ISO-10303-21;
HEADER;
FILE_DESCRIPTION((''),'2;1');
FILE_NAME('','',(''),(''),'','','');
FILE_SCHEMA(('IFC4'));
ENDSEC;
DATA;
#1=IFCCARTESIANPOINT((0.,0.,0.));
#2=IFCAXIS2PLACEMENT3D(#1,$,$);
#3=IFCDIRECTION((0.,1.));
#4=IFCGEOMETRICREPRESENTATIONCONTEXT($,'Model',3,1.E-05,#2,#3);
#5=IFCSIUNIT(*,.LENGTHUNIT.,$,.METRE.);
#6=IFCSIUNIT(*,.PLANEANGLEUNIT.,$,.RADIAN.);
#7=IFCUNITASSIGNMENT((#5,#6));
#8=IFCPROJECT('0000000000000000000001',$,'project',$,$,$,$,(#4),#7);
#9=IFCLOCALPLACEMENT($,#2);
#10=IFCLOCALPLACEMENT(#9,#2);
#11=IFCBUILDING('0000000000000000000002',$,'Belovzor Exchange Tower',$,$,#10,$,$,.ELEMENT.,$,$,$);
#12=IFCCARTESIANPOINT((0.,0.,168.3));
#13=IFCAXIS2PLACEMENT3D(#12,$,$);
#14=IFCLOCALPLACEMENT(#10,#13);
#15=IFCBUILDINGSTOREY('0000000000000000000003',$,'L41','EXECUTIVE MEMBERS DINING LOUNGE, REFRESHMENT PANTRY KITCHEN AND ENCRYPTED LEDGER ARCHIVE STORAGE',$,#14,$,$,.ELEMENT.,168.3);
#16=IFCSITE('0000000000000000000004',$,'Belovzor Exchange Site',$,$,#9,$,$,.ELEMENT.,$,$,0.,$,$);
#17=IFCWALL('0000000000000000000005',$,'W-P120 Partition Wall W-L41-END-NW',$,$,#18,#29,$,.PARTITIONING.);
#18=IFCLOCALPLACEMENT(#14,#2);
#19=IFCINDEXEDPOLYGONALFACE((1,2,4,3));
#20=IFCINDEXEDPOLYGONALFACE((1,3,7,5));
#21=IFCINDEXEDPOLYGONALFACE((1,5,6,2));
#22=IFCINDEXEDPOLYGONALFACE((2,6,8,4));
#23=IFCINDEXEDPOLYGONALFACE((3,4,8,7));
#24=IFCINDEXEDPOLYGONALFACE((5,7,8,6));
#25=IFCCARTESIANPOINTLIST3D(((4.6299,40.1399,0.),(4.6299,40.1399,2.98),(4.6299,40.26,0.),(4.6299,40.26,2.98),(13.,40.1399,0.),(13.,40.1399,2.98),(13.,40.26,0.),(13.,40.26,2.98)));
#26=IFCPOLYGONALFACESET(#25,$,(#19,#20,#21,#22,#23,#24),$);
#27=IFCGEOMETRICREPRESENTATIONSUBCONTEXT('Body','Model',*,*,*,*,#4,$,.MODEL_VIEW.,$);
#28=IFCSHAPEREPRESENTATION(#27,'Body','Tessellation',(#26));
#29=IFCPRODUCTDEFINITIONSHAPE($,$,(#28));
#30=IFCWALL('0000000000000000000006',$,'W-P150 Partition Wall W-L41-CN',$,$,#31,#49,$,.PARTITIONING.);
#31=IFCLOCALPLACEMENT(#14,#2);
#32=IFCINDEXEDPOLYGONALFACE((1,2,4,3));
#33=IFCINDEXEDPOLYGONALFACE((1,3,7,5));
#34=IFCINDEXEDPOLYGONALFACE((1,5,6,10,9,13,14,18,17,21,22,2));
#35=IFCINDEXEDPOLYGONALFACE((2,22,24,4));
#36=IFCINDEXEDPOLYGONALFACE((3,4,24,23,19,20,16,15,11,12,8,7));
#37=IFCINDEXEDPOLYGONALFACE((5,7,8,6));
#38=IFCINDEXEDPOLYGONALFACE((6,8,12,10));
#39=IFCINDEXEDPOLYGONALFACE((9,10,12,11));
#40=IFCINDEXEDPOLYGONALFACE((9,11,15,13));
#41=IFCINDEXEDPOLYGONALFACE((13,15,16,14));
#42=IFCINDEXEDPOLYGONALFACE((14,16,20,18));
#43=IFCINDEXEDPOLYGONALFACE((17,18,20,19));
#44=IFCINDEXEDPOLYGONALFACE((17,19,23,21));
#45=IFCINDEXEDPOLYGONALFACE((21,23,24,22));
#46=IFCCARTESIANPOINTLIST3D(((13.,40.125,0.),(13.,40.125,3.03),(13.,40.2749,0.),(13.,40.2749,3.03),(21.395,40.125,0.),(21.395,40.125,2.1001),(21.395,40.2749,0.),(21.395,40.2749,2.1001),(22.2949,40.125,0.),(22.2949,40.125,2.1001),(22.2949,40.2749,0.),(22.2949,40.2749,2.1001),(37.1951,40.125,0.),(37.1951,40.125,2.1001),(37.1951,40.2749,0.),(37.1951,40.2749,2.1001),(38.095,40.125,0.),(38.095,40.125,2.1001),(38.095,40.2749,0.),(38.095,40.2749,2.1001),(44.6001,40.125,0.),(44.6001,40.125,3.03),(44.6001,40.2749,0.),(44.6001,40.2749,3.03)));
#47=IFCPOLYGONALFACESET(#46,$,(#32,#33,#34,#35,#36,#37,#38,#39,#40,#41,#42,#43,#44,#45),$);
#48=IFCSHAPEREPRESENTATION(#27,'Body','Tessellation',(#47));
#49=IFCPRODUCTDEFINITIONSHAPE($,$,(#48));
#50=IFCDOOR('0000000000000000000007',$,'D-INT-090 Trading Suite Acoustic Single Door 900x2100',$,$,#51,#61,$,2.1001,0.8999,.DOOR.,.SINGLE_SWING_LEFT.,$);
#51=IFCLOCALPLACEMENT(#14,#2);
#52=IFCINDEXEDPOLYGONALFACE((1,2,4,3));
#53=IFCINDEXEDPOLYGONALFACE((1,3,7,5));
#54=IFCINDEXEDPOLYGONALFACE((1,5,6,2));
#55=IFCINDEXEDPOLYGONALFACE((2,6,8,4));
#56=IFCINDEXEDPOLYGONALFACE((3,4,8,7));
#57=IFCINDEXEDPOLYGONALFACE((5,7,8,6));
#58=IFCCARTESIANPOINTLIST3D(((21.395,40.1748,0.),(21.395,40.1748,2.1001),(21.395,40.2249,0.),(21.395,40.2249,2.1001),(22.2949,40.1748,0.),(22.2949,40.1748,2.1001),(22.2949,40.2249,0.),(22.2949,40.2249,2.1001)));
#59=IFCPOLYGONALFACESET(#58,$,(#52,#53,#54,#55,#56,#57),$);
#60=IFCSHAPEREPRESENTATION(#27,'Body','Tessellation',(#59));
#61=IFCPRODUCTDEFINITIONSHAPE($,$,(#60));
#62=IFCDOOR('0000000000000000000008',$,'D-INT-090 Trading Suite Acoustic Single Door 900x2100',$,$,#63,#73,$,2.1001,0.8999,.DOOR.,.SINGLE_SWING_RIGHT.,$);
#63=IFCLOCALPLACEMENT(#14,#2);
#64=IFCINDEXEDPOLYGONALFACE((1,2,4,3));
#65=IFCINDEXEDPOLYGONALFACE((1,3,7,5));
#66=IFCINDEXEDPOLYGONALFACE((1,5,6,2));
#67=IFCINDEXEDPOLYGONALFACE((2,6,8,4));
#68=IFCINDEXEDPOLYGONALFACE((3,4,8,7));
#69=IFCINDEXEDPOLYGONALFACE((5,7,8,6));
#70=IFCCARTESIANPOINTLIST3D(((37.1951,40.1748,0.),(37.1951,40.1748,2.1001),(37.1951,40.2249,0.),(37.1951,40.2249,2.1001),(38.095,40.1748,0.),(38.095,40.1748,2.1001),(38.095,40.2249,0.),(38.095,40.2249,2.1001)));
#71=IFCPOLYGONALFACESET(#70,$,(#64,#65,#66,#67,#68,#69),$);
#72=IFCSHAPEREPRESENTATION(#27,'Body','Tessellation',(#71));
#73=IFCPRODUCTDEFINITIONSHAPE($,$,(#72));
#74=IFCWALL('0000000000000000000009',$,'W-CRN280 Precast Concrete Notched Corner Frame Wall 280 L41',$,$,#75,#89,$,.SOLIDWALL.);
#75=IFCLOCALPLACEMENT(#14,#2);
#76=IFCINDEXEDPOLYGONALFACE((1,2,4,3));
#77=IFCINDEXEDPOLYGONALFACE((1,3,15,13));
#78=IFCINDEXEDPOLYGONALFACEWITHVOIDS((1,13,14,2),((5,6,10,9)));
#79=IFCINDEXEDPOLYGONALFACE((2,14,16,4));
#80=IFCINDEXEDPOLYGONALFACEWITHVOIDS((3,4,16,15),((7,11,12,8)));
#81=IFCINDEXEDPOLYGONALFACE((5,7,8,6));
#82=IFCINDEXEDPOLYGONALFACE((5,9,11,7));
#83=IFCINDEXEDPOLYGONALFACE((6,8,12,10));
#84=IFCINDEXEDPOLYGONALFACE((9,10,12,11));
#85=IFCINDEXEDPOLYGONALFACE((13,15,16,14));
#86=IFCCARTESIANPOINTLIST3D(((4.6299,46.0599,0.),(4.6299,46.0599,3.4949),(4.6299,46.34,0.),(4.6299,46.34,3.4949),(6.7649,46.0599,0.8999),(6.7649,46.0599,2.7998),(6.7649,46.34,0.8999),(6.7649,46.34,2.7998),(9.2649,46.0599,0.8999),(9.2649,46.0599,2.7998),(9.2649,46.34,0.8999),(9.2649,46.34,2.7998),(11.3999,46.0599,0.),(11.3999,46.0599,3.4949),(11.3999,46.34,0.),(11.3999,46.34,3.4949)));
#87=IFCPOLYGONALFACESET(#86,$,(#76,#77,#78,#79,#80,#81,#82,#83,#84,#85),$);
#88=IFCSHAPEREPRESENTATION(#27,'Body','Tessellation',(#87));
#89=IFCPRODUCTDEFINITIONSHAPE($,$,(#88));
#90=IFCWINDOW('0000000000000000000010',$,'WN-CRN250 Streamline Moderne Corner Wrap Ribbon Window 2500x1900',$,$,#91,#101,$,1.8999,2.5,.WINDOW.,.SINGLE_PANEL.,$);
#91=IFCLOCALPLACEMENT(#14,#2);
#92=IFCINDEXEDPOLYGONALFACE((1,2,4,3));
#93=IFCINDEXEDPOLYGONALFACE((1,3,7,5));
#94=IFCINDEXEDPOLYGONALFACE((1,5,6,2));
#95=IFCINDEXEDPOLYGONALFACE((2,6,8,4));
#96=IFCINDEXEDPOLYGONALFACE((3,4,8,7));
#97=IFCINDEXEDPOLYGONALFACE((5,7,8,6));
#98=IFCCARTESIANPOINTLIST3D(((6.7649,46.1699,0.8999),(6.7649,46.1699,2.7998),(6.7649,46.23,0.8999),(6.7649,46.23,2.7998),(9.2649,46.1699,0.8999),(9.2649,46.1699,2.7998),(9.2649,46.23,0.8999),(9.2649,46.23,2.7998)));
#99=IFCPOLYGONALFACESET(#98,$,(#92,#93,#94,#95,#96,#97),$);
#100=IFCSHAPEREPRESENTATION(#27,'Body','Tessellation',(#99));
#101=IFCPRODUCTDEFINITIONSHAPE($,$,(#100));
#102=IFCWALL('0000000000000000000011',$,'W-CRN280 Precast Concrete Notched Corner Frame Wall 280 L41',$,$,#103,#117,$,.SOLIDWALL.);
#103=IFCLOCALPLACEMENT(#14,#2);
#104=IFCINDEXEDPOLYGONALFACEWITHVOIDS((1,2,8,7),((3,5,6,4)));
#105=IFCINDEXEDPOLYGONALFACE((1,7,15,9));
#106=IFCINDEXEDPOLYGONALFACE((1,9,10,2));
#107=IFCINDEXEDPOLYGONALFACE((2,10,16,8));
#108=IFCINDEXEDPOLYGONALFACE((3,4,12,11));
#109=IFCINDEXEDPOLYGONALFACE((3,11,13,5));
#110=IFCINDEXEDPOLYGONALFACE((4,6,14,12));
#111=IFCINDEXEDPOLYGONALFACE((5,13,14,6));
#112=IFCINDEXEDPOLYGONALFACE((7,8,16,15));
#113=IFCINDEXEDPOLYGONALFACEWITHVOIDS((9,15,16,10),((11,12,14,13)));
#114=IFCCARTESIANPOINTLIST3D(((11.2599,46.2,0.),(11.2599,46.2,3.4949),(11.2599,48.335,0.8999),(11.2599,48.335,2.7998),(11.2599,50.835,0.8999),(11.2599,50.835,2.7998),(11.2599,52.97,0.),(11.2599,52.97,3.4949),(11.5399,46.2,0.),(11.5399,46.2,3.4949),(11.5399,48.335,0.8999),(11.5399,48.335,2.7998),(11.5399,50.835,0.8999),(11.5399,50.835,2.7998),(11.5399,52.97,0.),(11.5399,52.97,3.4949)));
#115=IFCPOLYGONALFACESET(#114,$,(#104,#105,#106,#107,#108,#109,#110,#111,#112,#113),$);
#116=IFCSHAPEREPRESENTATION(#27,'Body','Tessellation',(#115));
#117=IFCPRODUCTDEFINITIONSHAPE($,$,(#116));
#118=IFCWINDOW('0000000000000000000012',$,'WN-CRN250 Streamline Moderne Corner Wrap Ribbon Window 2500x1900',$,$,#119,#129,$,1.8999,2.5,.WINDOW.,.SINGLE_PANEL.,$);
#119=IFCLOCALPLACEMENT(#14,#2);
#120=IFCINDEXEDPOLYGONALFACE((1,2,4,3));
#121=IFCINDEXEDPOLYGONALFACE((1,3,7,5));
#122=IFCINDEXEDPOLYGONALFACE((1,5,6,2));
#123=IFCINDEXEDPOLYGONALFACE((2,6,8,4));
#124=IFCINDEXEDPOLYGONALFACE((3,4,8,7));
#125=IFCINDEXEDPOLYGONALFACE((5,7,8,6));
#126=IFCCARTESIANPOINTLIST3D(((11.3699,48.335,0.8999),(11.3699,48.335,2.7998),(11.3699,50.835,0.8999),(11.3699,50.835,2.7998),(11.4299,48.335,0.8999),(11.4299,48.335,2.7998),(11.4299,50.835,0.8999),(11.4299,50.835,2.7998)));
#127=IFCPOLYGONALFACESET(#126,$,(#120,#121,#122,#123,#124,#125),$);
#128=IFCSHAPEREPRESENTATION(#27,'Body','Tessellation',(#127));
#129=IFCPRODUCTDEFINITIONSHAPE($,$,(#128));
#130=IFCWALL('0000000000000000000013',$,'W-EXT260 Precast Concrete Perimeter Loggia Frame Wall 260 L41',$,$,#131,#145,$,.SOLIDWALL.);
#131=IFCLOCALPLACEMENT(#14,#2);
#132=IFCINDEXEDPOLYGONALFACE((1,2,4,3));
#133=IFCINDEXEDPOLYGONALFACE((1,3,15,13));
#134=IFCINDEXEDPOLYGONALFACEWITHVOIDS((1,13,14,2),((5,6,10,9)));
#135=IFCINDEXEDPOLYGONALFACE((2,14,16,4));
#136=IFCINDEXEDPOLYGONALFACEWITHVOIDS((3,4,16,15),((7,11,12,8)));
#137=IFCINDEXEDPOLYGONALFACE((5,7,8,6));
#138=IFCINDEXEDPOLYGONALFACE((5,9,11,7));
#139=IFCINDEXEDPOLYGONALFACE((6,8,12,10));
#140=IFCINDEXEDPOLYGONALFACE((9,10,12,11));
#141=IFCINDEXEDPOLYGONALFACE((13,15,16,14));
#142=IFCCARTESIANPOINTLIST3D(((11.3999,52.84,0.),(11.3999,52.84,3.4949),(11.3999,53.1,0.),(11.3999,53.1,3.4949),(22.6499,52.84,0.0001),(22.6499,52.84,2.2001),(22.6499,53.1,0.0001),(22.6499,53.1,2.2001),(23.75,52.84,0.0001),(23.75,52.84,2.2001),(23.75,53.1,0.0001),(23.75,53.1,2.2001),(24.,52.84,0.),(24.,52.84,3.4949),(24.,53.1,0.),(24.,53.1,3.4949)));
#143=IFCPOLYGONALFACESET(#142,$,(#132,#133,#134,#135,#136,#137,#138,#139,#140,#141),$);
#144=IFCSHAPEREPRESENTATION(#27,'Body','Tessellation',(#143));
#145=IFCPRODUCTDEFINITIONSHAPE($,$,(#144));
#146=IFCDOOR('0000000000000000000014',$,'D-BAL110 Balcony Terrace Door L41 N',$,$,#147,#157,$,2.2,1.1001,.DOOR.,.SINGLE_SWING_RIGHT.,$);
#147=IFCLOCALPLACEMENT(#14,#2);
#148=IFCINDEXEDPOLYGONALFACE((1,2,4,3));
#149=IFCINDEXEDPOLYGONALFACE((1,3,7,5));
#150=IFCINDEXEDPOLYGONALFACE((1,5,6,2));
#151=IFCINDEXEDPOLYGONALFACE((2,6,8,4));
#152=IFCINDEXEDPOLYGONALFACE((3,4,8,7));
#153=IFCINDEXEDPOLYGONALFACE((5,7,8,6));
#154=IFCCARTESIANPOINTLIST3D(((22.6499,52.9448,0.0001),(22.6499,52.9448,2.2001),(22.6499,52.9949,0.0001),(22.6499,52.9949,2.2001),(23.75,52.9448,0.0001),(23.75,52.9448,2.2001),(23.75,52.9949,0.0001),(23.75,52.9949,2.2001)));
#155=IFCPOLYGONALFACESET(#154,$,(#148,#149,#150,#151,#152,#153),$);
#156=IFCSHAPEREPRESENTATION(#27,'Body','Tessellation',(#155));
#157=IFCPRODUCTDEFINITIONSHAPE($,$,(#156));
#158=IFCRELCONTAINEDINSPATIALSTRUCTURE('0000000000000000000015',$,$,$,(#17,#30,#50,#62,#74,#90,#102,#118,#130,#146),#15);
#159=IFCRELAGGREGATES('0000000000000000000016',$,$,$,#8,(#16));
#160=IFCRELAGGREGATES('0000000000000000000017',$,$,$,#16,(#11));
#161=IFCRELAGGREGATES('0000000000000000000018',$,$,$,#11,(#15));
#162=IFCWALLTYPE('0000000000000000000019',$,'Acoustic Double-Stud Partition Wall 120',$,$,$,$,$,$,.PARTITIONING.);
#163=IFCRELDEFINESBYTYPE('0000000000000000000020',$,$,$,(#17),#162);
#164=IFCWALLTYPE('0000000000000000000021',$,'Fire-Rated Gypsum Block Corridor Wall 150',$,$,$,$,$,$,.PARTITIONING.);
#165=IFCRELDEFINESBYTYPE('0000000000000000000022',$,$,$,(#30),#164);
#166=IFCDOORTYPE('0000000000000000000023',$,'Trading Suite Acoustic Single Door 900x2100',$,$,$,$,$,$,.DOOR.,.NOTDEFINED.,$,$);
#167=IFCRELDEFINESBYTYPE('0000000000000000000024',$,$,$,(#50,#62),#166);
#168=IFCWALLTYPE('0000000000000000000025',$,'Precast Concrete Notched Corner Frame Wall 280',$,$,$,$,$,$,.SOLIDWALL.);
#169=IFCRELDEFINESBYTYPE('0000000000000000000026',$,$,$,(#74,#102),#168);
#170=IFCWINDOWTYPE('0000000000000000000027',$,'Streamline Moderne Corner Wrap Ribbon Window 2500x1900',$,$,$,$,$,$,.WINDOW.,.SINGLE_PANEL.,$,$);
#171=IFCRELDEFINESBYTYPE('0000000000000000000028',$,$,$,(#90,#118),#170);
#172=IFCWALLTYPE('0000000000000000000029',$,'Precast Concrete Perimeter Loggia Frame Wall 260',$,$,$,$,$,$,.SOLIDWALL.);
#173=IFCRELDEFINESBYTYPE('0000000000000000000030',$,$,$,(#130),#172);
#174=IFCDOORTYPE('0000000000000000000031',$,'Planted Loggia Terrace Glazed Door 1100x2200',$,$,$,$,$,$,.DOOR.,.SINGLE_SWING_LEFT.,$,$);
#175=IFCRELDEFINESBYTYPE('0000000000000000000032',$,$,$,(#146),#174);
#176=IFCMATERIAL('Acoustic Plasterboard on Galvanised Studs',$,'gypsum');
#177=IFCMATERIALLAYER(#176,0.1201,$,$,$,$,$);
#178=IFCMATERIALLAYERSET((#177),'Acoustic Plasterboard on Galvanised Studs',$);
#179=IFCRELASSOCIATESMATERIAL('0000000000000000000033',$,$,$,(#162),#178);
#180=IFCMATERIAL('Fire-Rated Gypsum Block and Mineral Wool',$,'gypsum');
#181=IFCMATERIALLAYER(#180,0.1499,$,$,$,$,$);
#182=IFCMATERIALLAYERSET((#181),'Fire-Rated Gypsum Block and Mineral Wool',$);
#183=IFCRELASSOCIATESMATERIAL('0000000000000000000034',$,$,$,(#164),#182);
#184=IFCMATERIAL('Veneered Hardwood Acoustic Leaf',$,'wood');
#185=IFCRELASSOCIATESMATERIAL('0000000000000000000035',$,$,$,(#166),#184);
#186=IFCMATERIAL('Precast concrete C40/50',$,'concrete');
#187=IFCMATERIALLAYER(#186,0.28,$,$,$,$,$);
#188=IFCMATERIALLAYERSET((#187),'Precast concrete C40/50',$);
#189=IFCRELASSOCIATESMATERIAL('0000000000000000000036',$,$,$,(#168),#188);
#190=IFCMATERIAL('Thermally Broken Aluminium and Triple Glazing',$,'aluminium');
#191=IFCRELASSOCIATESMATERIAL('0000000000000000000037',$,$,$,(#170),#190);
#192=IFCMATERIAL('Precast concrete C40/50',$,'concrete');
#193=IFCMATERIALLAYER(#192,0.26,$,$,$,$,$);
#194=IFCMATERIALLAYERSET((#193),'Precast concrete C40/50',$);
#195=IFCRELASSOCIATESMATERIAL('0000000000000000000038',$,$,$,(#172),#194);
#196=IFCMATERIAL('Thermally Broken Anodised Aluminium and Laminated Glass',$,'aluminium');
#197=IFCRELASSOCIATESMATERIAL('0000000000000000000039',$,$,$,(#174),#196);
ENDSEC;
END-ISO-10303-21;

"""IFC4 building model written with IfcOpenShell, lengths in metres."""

from ifc_helpers import new_model, si_unit, direction, frame, frame_2d, origin, place, context, subcontext, project, spatial, rectangle, extrude, material, layer, layer_set, type_object, element, fill, save


model = new_model("IFC4")

# Units and contexts
model_context = context("Model", 3, precision=1e-05, world=origin(), true_north=direction((0.0, 1.0)))
body_context = subcontext(model_context, "Body", "Model", "MODEL_VIEW")
ifc_project = project(units=[si_unit("LENGTHUNIT", "METRE"), si_unit("PLANEANGLEUNIT", "RADIAN")], contexts=[model_context])

# Site, building, storey
site_placement = place(None, origin())
site = spatial("IfcSite", under=ifc_project, at=site_placement, Name="Belovzor Exchange Site", CompositionType="ELEMENT", RefElevation=0.0)
building_placement = place(site_placement, origin())
building = spatial("IfcBuilding", under=site, at=building_placement, Name="Belovzor Exchange Tower", CompositionType="ELEMENT")
storey_placement = place(building_placement, frame((0.0, 0.0, 168.3)))
storey = spatial("IfcBuildingStorey", under=building, at=storey_placement, Name="L41", Description="EXECUTIVE MEMBERS DINING LOUNGE, REFRESHMENT PANTRY KITCHEN AND ENCRYPTED LEDGER ARCHIVE STORAGE", CompositionType="ELEMENT", Elevation=168.3)

# Wall
ifc_material_1 = material(Name="Acoustic Plasterboard on Galvanised Studs", Category="gypsum")
ifc_layer_1 = layer(ifc_material_1, 0.1201)
ifc_layer_set_1 = layer_set([ifc_layer_1], Name="Acoustic Plasterboard on Galvanised Studs")
wall_type_1 = type_object("IfcWallType", Name="Acoustic Double-Stud Partition Wall 120", PredefinedType="PARTITIONING", material=ifc_layer_set_1)
wall_1_placement = place(storey_placement, frame((4.6299, 40.2, 0.0), z_axis=(0.0, 0.0, 1.0), x_axis=(1.0, 0.0, 0.0)))
element("IfcWall", 1, at=wall_1_placement, inside=storey, type_object=wall_type_1, Name="W-P120 Partition Wall W-L41-END-NW", PredefinedType="PARTITIONING", context=body_context, shape_type="SweptSolid", body=[
    extrude(rectangle(XDim=8.3701, YDim=0.1201, at=frame_2d((4.1851, 0.0))), origin(), (0.0, 0.0, 1.0), 2.98),
])

# Wall, openings, doors
ifc_material_2 = material(Name="Fire-Rated Gypsum Block and Mineral Wool", Category="gypsum")
ifc_layer_2 = layer(ifc_material_2, 0.1499)
ifc_layer_set_2 = layer_set([ifc_layer_2], Name="Fire-Rated Gypsum Block and Mineral Wool")
wall_type_2 = type_object("IfcWallType", Name="Fire-Rated Gypsum Block Corridor Wall 150", PredefinedType="PARTITIONING", material=ifc_layer_set_2)
wall_2_placement = place(storey_placement, frame((13.0, 40.2, 0.0), z_axis=(0.0, 0.0, 1.0), x_axis=(1.0, 0.0, 0.0)))
wall_2 = element("IfcWall", 2, at=wall_2_placement, inside=storey, type_object=wall_type_2, Name="W-P150 Partition Wall W-L41-CN", PredefinedType="PARTITIONING", context=body_context, shape_type="SweptSolid", body=[
    extrude(rectangle(XDim=31.6001, YDim=0.1499, at=frame_2d((15.8, 0.0))), origin(), (0.0, 0.0, 1.0), 3.03),
])
opening_1_placement = place(wall_2_placement, frame((8.395, 0.0, 0.0)))
opening_1 = element("IfcOpeningElement", 3, at=opening_1_placement, cuts=wall_2, PredefinedType="OPENING", context=body_context, shape_type="SweptSolid", body=[
    extrude(rectangle(XDim=0.8999, YDim=2.1001, at=frame_2d((0.45, 1.05))), frame((0.0, 0.085, 0.0), z_axis=(0.0, -1.0, 0.0), x_axis=(1.0, 0.0, 0.0)), (0.0, 0.0, 1.0), 0.1699),
])
opening_2_placement = place(wall_2_placement, frame((24.1951, 0.0, 0.0)))
opening_2 = element("IfcOpeningElement", 4, at=opening_2_placement, cuts=wall_2, PredefinedType="OPENING", context=body_context, shape_type="SweptSolid", body=[
    extrude(rectangle(XDim=0.8999, YDim=2.1001, at=frame_2d((0.45, 1.05))), frame((0.0, 0.085, 0.0), z_axis=(0.0, -1.0, 0.0), x_axis=(1.0, 0.0, 0.0)), (0.0, 0.0, 1.0), 0.1699),
])
ifc_material_3 = material(Name="Veneered Hardwood Acoustic Leaf", Category="wood")
door_type_1 = type_object("IfcDoorType", Name="Trading Suite Acoustic Single Door 900x2100", OperationType="NOTDEFINED", PredefinedType="DOOR", material=ifc_material_3)
door_1_placement = place(opening_1_placement, origin())
door_1 = element("IfcDoor", 5, at=door_1_placement, inside=storey, type_object=door_type_1, Name="D-INT-090 Trading Suite Acoustic Single Door 900x2100", OperationType="SINGLE_SWING_LEFT", OverallHeight=2.1001, OverallWidth=0.8999, PredefinedType="DOOR", context=body_context, shape_type="SweptSolid", body=[
    extrude(rectangle(XDim=0.8999, YDim=2.1001, at=frame_2d((0.45, 1.05))), frame((0.0, 0.0249, 0.0), z_axis=(0.0, -1.0, 0.0), x_axis=(1.0, 0.0, 0.0)), (0.0, 0.0, 1.0), 0.05),
])
fill(opening_1, door_1)
door_2_placement = place(opening_2_placement, origin())
door_2 = element("IfcDoor", 6, at=door_2_placement, inside=storey, type_object=door_type_1, Name="D-INT-090 Trading Suite Acoustic Single Door 900x2100", OperationType="SINGLE_SWING_RIGHT", OverallHeight=2.1001, OverallWidth=0.8999, PredefinedType="DOOR", context=body_context, shape_type="SweptSolid", body=[
    extrude(rectangle(XDim=0.8999, YDim=2.1001, at=frame_2d((0.45, 1.05))), frame((0.0, 0.0249, 0.0), z_axis=(0.0, -1.0, 0.0), x_axis=(1.0, 0.0, 0.0)), (0.0, 0.0, 1.0), 0.05),
])
fill(opening_2, door_2)

# Walls, openings, windows
ifc_material_4 = material(Name="Precast concrete C40/50", Category="concrete")
ifc_layer_3 = layer(ifc_material_4, 0.28)
ifc_layer_set_3 = layer_set([ifc_layer_3], Name="Precast concrete C40/50")
wall_type_3 = type_object("IfcWallType", Name="Precast Concrete Notched Corner Frame Wall 280", PredefinedType="SOLIDWALL", material=ifc_layer_set_3)
wall_3_placement = place(storey_placement, frame((4.6299, 46.2, 0.0), z_axis=(0.0, 0.0, 1.0), x_axis=(1.0, 0.0, 0.0)))
wall_3 = element("IfcWall", 7, at=wall_3_placement, inside=storey, type_object=wall_type_3, Name="W-CRN280 Precast Concrete Notched Corner Frame Wall 280 L41", PredefinedType="SOLIDWALL", context=body_context, shape_type="SweptSolid", body=[
    extrude(rectangle(XDim=6.77, YDim=0.28, at=frame_2d((3.385, 0.0))), origin(), (0.0, 0.0, 1.0), 3.4949),
])
opening_3_placement = place(wall_3_placement, frame((2.135, 0.0, 0.8999)))
opening_3 = element("IfcOpeningElement", 8, at=opening_3_placement, cuts=wall_3, PredefinedType="OPENING", context=body_context, shape_type="SweptSolid", body=[
    extrude(rectangle(XDim=2.5, YDim=1.8999, at=frame_2d((1.25, 0.95))), frame((0.0, 0.1499, 0.0), z_axis=(0.0, -1.0, 0.0), x_axis=(1.0, 0.0, 0.0)), (0.0, 0.0, 1.0), 0.3),
])
ifc_material_5 = material(Name="Thermally Broken Aluminium and Triple Glazing", Category="aluminium")
window_type = type_object("IfcWindowType", Name="Streamline Moderne Corner Wrap Ribbon Window 2500x1900", PartitioningType="SINGLE_PANEL", PredefinedType="WINDOW", material=ifc_material_5)
window_1_placement = place(opening_3_placement, origin())
window_1 = element("IfcWindow", 9, at=window_1_placement, inside=storey, type_object=window_type, Name="WN-CRN250 Streamline Moderne Corner Wrap Ribbon Window 2500x1900", OverallHeight=1.8999, OverallWidth=2.5, PartitioningType="SINGLE_PANEL", PredefinedType="WINDOW", context=body_context, shape_type="SweptSolid", body=[
    extrude(rectangle(XDim=2.5, YDim=1.8999, at=frame_2d((1.25, 0.95))), frame((0.0, 0.03, 0.0), z_axis=(0.0, -1.0, 0.0), x_axis=(1.0, 0.0, 0.0)), (0.0, 0.0, 1.0), 0.0601),
])
fill(opening_3, window_1)
wall_4_placement = place(storey_placement, frame((11.3999, 46.2, 0.0), z_axis=(0.0, 0.0, 1.0), x_axis=(0.0, 1.0, 0.0)))
wall_4 = element("IfcWall", 10, at=wall_4_placement, inside=storey, type_object=wall_type_3, Name="W-CRN280 Precast Concrete Notched Corner Frame Wall 280 L41", PredefinedType="SOLIDWALL", context=body_context, shape_type="SweptSolid", body=[
    extrude(rectangle(XDim=6.77, YDim=0.28, at=frame_2d((3.385, 0.0))), origin(), (0.0, 0.0, 1.0), 3.4949),
])
opening_4_placement = place(wall_4_placement, frame((2.135, 0.0, 0.8999)))
opening_4 = element("IfcOpeningElement", 11, at=opening_4_placement, cuts=wall_4, PredefinedType="OPENING", context=body_context, shape_type="SweptSolid", body=[
    extrude(rectangle(XDim=2.5, YDim=1.8999, at=frame_2d((1.25, 0.95))), frame((0.0, 0.1499, 0.0), z_axis=(0.0, -1.0, 0.0), x_axis=(1.0, 0.0, 0.0)), (0.0, 0.0, 1.0), 0.3),
])
window_2_placement = place(opening_4_placement, origin())
window_2 = element("IfcWindow", 12, at=window_2_placement, inside=storey, type_object=window_type, Name="WN-CRN250 Streamline Moderne Corner Wrap Ribbon Window 2500x1900", OverallHeight=1.8999, OverallWidth=2.5, PartitioningType="SINGLE_PANEL", PredefinedType="WINDOW", context=body_context, shape_type="SweptSolid", body=[
    extrude(rectangle(XDim=2.5, YDim=1.8999, at=frame_2d((1.25, 0.95))), frame((0.0, 0.03, 0.0), z_axis=(0.0, -1.0, 0.0), x_axis=(1.0, 0.0, 0.0)), (0.0, 0.0, 1.0), 0.0601),
])
fill(opening_4, window_2)

# Wall, opening, door
ifc_material_6 = material(Name="Precast concrete C40/50", Category="concrete")
ifc_layer_4 = layer(ifc_material_6, 0.26)
ifc_layer_set_4 = layer_set([ifc_layer_4], Name="Precast concrete C40/50")
wall_type_4 = type_object("IfcWallType", Name="Precast Concrete Perimeter Loggia Frame Wall 260", PredefinedType="SOLIDWALL", material=ifc_layer_set_4)
wall_5_placement = place(storey_placement, frame((11.3999, 52.97, 0.0), z_axis=(0.0, 0.0, 1.0), x_axis=(1.0, 0.0, 0.0)))
wall_5 = element("IfcWall", 13, at=wall_5_placement, inside=storey, type_object=wall_type_4, Name="W-EXT260 Precast Concrete Perimeter Loggia Frame Wall 260 L41", PredefinedType="SOLIDWALL", context=body_context, shape_type="SweptSolid", body=[
    extrude(rectangle(XDim=12.6001, YDim=0.26, at=frame_2d((6.3, 0.0))), origin(), (0.0, 0.0, 1.0), 3.4949),
])
opening_5_placement = place(wall_5_placement, frame((11.25, 0.0, 0.0)))
opening_5 = element("IfcOpeningElement", 14, at=opening_5_placement, cuts=wall_5, PredefinedType="OPENING", context=body_context, shape_type="SweptSolid", body=[
    extrude(rectangle(XDim=1.1001, YDim=2.2, at=frame_2d((0.55, 1.1001))), frame((0.0, 0.1399, 0.0), z_axis=(0.0, -1.0, 0.0), x_axis=(1.0, 0.0, 0.0)), (0.0, 0.0, 1.0), 0.28),
])
ifc_material_7 = material(Name="Thermally Broken Anodised Aluminium and Laminated Glass", Category="aluminium")
door_type_2 = type_object("IfcDoorType", Name="Planted Loggia Terrace Glazed Door 1100x2200", OperationType="SINGLE_SWING_LEFT", PredefinedType="DOOR", material=ifc_material_7)
door_3_placement = place(opening_5_placement, origin())
door_3 = element("IfcDoor", 15, at=door_3_placement, inside=storey, type_object=door_type_2, Name="D-BAL110 Balcony Terrace Door L41 N", OperationType="SINGLE_SWING_RIGHT", OverallHeight=2.2, OverallWidth=1.1001, PredefinedType="DOOR", context=body_context, shape_type="SweptSolid", body=[
    extrude(rectangle(XDim=1.1001, YDim=2.2, at=frame_2d((0.55, 1.1001))), frame((0.0, 0.0249, 0.0), z_axis=(0.0, -1.0, 0.0), x_axis=(1.0, 0.0, 0.0)), (0.0, 0.0, 1.0), 0.05),
])
fill(opening_5, door_3)

save(model, "model.ifc")
